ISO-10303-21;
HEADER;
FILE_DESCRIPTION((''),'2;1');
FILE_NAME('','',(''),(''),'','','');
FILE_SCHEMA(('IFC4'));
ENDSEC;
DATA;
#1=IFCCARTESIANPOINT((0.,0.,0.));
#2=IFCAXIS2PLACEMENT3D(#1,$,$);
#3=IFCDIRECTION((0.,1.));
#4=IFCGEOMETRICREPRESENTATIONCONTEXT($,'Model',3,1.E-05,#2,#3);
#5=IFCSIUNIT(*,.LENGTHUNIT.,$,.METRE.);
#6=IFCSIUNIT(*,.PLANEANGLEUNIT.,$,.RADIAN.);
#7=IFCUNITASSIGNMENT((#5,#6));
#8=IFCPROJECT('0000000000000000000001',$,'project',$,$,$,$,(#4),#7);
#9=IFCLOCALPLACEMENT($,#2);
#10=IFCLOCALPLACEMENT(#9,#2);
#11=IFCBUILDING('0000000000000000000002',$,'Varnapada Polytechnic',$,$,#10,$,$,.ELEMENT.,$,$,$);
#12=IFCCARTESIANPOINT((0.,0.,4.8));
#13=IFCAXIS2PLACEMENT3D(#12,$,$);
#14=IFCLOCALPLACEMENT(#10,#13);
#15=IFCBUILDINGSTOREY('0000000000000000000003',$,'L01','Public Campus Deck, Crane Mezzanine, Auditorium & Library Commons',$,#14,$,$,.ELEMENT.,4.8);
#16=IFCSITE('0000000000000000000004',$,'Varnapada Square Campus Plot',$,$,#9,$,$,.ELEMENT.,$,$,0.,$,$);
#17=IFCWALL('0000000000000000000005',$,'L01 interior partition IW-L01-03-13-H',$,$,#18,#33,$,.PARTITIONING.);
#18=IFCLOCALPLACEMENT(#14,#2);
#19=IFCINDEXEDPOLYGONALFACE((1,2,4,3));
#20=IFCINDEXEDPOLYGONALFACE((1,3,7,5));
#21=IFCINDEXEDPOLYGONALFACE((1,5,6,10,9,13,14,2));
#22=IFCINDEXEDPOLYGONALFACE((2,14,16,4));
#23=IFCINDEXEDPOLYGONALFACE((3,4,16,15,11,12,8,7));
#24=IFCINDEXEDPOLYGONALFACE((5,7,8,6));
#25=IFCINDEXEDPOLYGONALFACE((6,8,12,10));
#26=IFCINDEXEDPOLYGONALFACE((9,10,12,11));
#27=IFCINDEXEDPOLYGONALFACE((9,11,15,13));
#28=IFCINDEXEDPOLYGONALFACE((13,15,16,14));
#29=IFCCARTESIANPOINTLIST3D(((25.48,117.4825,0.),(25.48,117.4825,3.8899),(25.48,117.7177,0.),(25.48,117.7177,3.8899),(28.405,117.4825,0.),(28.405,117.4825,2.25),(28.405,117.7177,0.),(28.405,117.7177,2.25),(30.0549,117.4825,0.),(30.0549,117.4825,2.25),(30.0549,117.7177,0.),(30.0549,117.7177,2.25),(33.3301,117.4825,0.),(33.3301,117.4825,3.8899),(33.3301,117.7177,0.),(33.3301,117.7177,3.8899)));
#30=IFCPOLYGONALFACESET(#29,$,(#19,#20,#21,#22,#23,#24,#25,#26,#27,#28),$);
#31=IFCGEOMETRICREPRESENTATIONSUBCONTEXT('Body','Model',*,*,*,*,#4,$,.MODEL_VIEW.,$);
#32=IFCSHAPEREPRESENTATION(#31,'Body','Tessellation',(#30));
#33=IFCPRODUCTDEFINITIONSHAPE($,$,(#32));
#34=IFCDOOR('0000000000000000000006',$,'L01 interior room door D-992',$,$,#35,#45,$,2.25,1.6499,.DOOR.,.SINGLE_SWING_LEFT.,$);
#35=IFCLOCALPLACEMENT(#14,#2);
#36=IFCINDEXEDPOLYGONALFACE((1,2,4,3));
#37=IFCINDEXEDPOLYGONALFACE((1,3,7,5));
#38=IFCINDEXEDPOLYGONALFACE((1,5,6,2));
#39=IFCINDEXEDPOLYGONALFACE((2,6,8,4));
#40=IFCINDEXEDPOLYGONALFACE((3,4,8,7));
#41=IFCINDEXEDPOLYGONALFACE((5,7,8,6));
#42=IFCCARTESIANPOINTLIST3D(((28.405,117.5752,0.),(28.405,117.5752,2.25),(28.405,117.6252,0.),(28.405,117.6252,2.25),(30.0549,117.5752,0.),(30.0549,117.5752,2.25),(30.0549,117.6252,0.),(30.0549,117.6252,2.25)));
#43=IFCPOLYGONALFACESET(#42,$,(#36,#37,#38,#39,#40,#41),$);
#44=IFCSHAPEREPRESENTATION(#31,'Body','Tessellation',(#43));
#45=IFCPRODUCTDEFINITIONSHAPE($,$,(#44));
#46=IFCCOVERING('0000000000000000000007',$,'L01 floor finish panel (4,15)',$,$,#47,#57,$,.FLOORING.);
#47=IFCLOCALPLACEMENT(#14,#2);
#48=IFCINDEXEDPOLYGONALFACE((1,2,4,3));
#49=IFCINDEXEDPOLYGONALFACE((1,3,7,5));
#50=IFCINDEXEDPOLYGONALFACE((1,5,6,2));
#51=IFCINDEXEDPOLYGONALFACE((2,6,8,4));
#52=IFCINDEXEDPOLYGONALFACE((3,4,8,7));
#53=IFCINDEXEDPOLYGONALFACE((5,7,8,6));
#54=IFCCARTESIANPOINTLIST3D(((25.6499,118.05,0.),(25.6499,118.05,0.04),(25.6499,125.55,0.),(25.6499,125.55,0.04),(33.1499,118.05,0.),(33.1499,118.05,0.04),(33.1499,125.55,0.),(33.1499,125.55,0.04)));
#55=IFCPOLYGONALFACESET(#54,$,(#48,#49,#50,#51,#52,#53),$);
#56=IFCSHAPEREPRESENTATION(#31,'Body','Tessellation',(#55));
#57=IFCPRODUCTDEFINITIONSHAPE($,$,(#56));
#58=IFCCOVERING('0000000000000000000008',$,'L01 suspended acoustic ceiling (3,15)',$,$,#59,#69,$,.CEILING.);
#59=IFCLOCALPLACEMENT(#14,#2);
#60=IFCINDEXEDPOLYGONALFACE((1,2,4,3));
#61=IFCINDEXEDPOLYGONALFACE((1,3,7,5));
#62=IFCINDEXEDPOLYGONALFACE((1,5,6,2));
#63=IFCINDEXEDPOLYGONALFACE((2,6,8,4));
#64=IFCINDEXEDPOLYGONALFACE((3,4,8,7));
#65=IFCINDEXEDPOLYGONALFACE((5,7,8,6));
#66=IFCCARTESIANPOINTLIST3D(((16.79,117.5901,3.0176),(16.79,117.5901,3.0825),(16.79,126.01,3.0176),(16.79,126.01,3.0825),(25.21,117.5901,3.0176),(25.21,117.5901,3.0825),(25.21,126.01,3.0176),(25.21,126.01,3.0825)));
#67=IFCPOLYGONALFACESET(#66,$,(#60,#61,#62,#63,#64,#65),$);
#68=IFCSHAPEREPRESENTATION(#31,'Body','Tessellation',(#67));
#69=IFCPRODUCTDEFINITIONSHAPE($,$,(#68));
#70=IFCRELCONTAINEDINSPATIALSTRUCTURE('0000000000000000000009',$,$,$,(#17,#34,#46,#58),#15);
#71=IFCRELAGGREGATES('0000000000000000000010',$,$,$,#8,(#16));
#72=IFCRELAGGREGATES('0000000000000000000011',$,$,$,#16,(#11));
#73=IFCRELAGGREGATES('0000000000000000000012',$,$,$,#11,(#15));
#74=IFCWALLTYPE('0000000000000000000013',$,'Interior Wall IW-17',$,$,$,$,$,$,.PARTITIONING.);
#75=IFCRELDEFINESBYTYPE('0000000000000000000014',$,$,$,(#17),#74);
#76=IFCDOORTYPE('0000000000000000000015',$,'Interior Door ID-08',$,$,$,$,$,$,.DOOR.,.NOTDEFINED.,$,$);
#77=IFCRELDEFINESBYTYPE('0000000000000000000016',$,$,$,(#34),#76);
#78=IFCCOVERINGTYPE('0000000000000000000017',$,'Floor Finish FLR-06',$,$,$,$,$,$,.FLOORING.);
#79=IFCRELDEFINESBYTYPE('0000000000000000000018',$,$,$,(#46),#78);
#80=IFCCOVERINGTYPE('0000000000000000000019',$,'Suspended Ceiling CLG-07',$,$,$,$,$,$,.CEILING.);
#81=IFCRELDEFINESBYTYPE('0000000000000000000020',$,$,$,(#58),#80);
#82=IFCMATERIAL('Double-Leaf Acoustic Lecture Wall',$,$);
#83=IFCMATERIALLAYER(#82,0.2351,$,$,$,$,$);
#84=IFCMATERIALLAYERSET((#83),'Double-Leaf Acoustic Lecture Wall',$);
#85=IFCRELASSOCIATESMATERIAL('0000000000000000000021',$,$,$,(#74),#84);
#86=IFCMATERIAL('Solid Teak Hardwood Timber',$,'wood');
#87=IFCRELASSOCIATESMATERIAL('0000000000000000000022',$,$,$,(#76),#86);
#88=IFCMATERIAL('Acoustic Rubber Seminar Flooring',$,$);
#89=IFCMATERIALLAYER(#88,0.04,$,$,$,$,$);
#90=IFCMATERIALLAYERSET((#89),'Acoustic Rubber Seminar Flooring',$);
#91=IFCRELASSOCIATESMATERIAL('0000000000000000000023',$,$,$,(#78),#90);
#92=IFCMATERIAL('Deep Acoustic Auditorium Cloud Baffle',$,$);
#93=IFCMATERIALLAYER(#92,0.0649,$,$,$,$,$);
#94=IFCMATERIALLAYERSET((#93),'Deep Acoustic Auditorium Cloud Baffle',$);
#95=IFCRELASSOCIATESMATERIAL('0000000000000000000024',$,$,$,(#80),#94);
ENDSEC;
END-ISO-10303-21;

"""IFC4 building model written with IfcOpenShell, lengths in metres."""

from ifc_helpers import new_model, si_unit, direction, frame, frame_2d, origin, origin_2d, place, context, subcontext, project, spatial, rectangle, extrude, material, layer, layer_set, type_object, element, fill, save


model = new_model("IFC4")

# Units and contexts
model_context = context("Model", 3, precision=1e-05, world=origin(), true_north=direction((0.0, 1.0)))
body_context = subcontext(model_context, "Body", "Model", "MODEL_VIEW")
ifc_project = project(units=[si_unit("LENGTHUNIT", "METRE"), si_unit("PLANEANGLEUNIT", "RADIAN")], contexts=[model_context])

# Site, building, storey
site_placement = place(None, origin())
site = spatial("IfcSite", under=ifc_project, at=site_placement, Name="Varnapada Square Campus Plot", CompositionType="ELEMENT", RefElevation=0.0)
building_placement = place(site_placement, origin())
building = spatial("IfcBuilding", under=site, at=building_placement, Name="Varnapada Polytechnic", CompositionType="ELEMENT")
storey_placement = place(building_placement, frame((0.0, 0.0, 4.8)))
storey = spatial("IfcBuildingStorey", under=building, at=storey_placement, Name="L01", Description="Public Campus Deck, Crane Mezzanine, Auditorium & Library Commons", CompositionType="ELEMENT", Elevation=4.8)

# Shared definitions
ifc_material_1 = material(Name="Solid Teak Hardwood Timber", Category="wood")

# Wall, opening, door
ifc_material_2 = material(Name="Double-Leaf Acoustic Lecture Wall")
ifc_layer_1 = layer(ifc_material_2, 0.2351)
ifc_layer_set_1 = layer_set([ifc_layer_1], Name="Double-Leaf Acoustic Lecture Wall")
wall_type_1 = type_object("IfcWallType", Name="Interior Wall IW-17", PredefinedType="PARTITIONING", material=ifc_layer_set_1)
wall_1_placement = place(storey_placement, frame((25.48, 117.6001, 0.0), z_axis=(0.0, 0.0, 1.0), x_axis=(1.0, 0.0, 0.0)))
wall_1 = element("IfcWall", 1, at=wall_1_placement, inside=storey, type_object=wall_type_1, Name="L01 interior partition IW-L01-03-13-H", PredefinedType="PARTITIONING", context=body_context, shape_type="SweptSolid", body=[
    extrude(rectangle(XDim=7.8501, YDim=0.2351, at=frame_2d((3.925, 0.0))), origin(), (0.0, 0.0, 1.0), 3.8899),
])
opening_1_placement = place(wall_1_placement, frame((2.925, 0.0, 0.0)))
opening_1 = element("IfcOpeningElement", 2, at=opening_1_placement, cuts=wall_1, PredefinedType="OPENING", context=body_context, shape_type="SweptSolid", body=[
    extrude(rectangle(XDim=1.6499, YDim=2.25, at=frame_2d((0.825, 1.125))), frame((0.0, 0.1274, 0.0), z_axis=(0.0, -1.0, 0.0), x_axis=(1.0, 0.0, 0.0)), (0.0, 0.0, 1.0), 0.2551),
])
door_type_1 = type_object("IfcDoorType", Name="Interior Door ID-08", OperationType="NOTDEFINED", PredefinedType="DOOR", material=ifc_material_1)
door_1_placement = place(opening_1_placement, frame((1.6499, 0.0, 0.0), z_axis=(0.0, 0.0, 1.0), x_axis=(-1.0, 0.0, 0.0)))
door_1 = element("IfcDoor", 3, at=door_1_placement, inside=storey, type_object=door_type_1, Name="L01 interior room door D-992", OperationType="SINGLE_SWING_LEFT", OverallHeight=2.25, OverallWidth=1.6499, PredefinedType="DOOR", context=body_context, shape_type="SweptSolid", body=[
    extrude(rectangle(XDim=1.6499, YDim=2.25, at=frame_2d((0.825, 1.125))), frame((0.0, 0.0249, 0.0), z_axis=(0.0, -1.0, 0.0), x_axis=(1.0, 0.0, 0.0)), (0.0, 0.0, 1.0), 0.05),
])
fill(opening_1, door_1)

# Coverings
ifc_material_3 = material(Name="Acoustic Rubber Seminar Flooring")
ifc_layer_2 = layer(ifc_material_3, 0.04)
ifc_layer_set_2 = layer_set([ifc_layer_2], Name="Acoustic Rubber Seminar Flooring")
covering_type_1 = type_object("IfcCoveringType", Name="Floor Finish FLR-06", PredefinedType="FLOORING", material=ifc_layer_set_2)
covering_1_placement = place(storey_placement, frame((29.3999, 121.8, 0.0), z_axis=(0.0, 0.0, 1.0), x_axis=(1.0, 0.0, 0.0)))
element("IfcCovering", 4, at=covering_1_placement, inside=storey, type_object=covering_type_1, Name="L01 floor finish panel (4,15)", PredefinedType="FLOORING", context=body_context, shape_type="SweptSolid", body=[
    extrude(rectangle(XDim=7.5, YDim=7.5, at=origin_2d()), origin(), (0.0, 0.0, 1.0), 0.04),
])
ifc_material_4 = material(Name="Deep Acoustic Auditorium Cloud Baffle")
ifc_layer_3 = layer(ifc_material_4, 0.0649)
ifc_layer_set_3 = layer_set([ifc_layer_3], Name="Deep Acoustic Auditorium Cloud Baffle")
covering_type_2 = type_object("IfcCoveringType", Name="Suspended Ceiling CLG-07", PredefinedType="CEILING", material=ifc_layer_set_3)
covering_2_placement = place(storey_placement, frame((21.0, 121.8, 3.0176), z_axis=(0.0, 0.0, 1.0), x_axis=(1.0, 0.0, 0.0)))
element("IfcCovering", 5, at=covering_2_placement, inside=storey, type_object=covering_type_2, Name="L01 suspended acoustic ceiling (3,15)", PredefinedType="CEILING", context=body_context, shape_type="SweptSolid", body=[
    extrude(rectangle(XDim=8.4199, YDim=8.4199, at=origin_2d()), origin(), (0.0, 0.0, 1.0), 0.0649),
])

save(model, "model.ifc")
